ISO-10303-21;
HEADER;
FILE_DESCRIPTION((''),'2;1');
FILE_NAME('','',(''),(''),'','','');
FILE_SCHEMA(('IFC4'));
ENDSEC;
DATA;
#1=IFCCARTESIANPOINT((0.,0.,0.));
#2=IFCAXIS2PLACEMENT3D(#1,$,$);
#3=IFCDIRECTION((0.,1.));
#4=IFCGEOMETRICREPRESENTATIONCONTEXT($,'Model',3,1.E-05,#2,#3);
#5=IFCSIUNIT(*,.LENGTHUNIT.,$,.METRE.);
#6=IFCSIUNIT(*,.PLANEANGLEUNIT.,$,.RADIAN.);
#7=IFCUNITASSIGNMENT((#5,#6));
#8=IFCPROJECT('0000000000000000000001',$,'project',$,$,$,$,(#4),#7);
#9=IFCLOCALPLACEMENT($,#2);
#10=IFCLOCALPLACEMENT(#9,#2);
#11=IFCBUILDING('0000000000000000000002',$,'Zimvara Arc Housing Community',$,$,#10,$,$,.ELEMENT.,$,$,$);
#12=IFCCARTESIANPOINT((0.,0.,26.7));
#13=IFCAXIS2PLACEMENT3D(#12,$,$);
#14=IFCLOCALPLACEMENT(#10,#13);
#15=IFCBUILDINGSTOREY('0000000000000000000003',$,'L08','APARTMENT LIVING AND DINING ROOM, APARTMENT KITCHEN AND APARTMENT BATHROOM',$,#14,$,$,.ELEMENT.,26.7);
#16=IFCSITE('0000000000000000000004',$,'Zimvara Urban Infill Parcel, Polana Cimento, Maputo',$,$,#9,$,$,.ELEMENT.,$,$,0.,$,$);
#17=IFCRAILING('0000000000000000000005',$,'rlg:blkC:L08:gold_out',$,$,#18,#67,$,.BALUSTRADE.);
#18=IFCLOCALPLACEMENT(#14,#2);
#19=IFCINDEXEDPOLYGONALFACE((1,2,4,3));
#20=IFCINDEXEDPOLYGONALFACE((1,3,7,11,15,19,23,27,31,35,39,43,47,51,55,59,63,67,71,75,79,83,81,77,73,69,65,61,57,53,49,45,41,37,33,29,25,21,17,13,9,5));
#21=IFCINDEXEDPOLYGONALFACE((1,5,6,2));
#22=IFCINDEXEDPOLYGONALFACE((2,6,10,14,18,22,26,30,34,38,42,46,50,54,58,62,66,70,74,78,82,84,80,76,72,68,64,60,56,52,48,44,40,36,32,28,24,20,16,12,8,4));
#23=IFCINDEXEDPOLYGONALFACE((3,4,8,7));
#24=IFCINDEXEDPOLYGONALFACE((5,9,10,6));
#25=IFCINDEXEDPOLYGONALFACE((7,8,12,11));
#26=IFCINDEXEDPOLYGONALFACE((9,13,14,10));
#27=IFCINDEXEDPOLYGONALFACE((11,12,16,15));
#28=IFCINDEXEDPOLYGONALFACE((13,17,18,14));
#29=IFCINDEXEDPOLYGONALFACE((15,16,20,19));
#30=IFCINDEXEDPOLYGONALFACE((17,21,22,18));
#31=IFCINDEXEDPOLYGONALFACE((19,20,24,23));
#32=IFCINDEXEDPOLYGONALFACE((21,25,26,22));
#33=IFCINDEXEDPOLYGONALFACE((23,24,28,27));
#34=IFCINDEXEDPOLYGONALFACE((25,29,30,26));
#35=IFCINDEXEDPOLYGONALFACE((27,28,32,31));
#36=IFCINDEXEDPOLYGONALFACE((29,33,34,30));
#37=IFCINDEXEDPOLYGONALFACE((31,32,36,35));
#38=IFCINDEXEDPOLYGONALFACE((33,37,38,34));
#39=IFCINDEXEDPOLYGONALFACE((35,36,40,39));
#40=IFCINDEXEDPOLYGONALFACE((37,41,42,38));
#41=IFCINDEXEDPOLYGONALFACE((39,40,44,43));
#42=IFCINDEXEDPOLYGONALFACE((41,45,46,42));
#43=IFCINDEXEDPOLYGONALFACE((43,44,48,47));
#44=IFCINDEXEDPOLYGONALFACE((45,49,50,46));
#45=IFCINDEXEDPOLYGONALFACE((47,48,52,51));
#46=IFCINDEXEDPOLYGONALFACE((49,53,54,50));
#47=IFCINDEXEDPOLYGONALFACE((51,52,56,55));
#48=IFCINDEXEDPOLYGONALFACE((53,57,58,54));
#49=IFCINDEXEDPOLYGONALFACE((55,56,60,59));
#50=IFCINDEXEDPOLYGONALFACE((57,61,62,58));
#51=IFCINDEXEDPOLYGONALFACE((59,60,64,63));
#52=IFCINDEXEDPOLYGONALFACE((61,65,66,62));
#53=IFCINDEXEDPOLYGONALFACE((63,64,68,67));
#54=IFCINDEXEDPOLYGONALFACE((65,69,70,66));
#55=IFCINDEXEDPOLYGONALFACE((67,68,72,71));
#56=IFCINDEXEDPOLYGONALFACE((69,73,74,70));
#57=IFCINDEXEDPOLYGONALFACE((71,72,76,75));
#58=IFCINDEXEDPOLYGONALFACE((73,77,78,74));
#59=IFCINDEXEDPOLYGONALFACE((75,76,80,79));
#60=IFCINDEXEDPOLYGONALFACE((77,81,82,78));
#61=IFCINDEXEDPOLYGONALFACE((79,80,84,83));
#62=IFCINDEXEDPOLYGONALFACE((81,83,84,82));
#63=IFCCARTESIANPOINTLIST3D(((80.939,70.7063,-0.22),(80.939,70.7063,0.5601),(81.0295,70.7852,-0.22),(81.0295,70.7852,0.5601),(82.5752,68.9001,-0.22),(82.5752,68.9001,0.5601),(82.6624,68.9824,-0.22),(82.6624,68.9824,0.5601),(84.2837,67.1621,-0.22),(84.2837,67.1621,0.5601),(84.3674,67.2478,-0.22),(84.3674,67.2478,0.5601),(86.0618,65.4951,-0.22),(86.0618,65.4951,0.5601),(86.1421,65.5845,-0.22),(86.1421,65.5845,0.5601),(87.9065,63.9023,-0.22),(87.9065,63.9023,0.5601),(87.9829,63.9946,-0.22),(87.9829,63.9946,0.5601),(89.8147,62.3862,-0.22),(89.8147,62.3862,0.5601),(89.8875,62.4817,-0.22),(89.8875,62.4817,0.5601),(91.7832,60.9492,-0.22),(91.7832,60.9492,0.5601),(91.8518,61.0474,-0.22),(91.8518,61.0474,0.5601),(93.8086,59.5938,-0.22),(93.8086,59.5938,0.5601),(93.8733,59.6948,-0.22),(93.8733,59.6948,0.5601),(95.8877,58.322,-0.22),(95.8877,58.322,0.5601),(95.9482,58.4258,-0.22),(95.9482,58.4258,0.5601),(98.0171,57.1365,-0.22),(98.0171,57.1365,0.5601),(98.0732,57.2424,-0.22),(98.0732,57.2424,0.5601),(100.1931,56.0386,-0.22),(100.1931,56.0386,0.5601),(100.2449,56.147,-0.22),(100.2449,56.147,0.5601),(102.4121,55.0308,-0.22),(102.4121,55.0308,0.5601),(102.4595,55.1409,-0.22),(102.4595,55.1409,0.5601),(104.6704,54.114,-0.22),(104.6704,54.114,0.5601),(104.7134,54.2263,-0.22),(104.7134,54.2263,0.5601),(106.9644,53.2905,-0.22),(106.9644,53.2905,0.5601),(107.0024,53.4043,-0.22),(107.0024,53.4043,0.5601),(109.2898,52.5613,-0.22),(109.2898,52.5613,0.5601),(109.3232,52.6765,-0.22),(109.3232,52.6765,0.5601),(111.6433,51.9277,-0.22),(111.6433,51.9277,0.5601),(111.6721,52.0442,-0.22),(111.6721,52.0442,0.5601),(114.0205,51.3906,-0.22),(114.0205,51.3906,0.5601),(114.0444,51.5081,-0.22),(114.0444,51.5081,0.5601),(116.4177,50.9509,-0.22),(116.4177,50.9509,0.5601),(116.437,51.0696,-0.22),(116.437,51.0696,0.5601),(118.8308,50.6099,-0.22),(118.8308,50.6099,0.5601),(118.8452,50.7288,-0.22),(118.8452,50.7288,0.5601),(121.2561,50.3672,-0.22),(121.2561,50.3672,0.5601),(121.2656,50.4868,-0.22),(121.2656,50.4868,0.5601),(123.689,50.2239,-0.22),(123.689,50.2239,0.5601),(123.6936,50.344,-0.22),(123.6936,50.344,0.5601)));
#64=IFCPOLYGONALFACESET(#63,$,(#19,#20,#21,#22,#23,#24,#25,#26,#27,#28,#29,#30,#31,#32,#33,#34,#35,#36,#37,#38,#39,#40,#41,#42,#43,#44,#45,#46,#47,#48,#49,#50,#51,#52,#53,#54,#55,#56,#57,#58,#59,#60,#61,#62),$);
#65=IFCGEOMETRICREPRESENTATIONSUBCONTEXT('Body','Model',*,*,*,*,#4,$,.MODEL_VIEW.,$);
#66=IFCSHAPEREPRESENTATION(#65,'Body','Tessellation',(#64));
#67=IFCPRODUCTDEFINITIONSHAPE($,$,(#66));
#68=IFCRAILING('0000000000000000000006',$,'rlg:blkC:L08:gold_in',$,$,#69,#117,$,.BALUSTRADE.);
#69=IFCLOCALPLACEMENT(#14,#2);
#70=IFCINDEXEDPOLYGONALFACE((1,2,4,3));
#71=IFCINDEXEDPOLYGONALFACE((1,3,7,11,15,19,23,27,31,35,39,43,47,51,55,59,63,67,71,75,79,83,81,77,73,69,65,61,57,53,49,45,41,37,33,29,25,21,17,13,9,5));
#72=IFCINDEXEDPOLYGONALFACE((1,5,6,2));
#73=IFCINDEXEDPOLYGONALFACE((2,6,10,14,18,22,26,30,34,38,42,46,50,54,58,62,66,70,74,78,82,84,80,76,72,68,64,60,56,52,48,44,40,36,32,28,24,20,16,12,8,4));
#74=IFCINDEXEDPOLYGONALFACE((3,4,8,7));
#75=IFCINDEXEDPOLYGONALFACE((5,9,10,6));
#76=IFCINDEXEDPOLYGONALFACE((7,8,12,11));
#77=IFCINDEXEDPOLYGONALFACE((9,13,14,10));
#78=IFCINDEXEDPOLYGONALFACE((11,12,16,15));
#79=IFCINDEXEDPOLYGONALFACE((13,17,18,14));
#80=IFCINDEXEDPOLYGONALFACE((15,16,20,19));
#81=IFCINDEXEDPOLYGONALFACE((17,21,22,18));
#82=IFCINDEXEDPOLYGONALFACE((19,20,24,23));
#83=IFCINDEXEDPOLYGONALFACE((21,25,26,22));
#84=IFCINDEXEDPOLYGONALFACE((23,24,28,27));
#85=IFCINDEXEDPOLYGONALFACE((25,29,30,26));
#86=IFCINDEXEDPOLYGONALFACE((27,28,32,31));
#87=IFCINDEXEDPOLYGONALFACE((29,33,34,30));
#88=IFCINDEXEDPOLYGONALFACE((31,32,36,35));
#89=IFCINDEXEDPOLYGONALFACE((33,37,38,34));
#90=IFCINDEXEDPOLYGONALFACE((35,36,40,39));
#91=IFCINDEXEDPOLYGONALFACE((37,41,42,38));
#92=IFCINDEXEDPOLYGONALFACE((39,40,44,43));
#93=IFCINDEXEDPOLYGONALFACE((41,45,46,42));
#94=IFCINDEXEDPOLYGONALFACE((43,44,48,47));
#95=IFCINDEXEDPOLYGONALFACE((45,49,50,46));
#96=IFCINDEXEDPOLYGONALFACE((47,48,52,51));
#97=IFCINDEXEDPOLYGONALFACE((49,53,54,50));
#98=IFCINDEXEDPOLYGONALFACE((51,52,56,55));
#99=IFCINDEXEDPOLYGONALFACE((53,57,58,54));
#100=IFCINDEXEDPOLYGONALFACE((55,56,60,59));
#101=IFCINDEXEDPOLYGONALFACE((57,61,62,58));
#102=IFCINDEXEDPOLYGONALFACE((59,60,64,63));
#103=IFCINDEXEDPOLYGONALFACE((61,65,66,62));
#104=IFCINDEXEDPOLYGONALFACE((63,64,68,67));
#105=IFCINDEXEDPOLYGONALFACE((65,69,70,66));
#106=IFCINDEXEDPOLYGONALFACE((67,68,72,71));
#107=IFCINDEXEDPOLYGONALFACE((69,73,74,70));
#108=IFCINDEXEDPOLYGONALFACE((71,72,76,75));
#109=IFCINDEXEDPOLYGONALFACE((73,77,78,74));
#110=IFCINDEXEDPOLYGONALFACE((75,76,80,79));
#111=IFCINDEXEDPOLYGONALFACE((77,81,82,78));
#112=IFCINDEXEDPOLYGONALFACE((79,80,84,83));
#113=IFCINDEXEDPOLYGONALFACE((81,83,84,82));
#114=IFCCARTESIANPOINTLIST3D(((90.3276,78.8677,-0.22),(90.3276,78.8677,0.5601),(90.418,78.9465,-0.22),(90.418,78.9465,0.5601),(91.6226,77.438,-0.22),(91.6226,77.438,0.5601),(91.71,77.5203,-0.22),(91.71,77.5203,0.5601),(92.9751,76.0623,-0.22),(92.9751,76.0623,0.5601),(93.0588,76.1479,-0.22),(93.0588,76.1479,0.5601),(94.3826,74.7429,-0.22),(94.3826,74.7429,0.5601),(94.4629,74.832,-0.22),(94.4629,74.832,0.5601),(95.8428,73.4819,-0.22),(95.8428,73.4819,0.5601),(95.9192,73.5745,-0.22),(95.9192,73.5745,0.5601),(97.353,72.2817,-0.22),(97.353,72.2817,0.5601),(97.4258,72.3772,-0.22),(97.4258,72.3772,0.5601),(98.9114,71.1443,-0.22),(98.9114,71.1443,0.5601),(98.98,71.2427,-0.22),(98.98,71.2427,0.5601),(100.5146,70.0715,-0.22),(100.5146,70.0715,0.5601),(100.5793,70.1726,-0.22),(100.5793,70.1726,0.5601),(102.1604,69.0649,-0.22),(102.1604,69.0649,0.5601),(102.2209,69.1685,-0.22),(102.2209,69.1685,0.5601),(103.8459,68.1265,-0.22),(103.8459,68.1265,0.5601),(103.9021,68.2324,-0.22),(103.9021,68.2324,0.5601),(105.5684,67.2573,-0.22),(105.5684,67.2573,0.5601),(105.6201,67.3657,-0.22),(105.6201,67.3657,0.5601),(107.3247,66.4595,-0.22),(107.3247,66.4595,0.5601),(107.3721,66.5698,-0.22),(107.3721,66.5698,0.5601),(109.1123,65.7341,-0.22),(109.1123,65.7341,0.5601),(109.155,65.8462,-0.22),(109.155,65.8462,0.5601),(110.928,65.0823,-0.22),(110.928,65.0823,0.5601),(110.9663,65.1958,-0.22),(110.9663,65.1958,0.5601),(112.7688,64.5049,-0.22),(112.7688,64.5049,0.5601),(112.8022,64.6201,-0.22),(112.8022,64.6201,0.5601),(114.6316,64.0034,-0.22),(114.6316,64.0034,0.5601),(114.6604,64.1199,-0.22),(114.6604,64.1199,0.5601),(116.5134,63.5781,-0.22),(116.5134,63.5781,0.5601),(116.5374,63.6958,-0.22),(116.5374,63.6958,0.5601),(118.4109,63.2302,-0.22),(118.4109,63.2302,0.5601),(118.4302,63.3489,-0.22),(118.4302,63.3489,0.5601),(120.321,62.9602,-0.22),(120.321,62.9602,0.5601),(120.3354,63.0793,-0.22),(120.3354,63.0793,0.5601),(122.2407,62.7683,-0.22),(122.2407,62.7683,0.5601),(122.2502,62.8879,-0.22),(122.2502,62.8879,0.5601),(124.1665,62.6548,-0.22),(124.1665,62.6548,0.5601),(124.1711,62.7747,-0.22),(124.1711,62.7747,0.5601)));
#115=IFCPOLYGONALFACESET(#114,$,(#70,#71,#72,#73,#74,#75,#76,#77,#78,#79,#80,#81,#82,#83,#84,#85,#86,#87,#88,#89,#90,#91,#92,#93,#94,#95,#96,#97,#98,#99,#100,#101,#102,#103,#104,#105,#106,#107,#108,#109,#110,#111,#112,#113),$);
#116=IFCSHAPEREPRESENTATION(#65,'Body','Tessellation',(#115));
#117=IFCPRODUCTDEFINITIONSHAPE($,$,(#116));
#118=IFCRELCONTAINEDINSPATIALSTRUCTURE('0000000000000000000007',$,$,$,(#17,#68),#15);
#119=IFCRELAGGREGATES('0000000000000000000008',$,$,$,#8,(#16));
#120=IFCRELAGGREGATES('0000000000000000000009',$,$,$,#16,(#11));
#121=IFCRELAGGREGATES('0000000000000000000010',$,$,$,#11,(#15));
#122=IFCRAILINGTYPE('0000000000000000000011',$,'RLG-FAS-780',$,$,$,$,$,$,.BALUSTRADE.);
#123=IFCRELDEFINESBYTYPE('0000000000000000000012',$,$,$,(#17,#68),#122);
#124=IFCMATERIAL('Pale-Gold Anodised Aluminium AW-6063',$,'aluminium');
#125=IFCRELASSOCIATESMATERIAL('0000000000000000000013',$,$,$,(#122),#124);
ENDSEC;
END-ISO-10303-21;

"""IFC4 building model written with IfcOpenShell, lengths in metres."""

from ifc_helpers import new_model, si_unit, direction, frame, origin, place, context, subcontext, project, spatial, polyline, outline, extrude, material, type_object, element, save


model = new_model("IFC4")

# Units and contexts
model_context = context("Model", 3, precision=1e-05, world=origin(), true_north=direction((0.0, 1.0)))
body_context = subcontext(model_context, "Body", "Model", "MODEL_VIEW")
ifc_project = project(units=[si_unit("LENGTHUNIT", "METRE"), si_unit("PLANEANGLEUNIT", "RADIAN")], contexts=[model_context])

# Site, building, storey
site_placement = place(None, origin())
site = spatial("IfcSite", under=ifc_project, at=site_placement, Name="Zimvara Urban Infill Parcel, Polana Cimento, Maputo", CompositionType="ELEMENT", RefElevation=0.0)
building_placement = place(site_placement, origin())
building = spatial("IfcBuilding", under=site, at=building_placement, Name="Zimvara Arc Housing Community", CompositionType="ELEMENT")
storey_placement = place(building_placement, frame((0.0, 0.0, 26.7)))
storey = spatial("IfcBuildingStorey", under=building, at=storey_placement, Name="L08", Description="APARTMENT LIVING AND DINING ROOM, APARTMENT KITCHEN AND APARTMENT BATHROOM", CompositionType="ELEMENT", Elevation=26.7)

# Railings
ifc_material_1 = material(Name="Pale-Gold Anodised Aluminium AW-6063", Category="aluminium")
railing_type = type_object("IfcRailingType", Name="RLG-FAS-780", PredefinedType="BALUSTRADE", material=ifc_material_1)
railing_1_placement = place(storey_placement, frame((0.0, 0.0, -0.22)))
element("IfcRailing", 1, at=railing_1_placement, inside=storey, type_object=railing_type, Name="rlg:blkC:L08:gold_out", PredefinedType="BALUSTRADE", context=body_context, shape_type="SweptSolid", body=[
    extrude(outline(polyline([(80.939, 70.7063), (82.5752, 68.9001), (84.2837, 67.1621), (86.0618, 65.4951), (87.9065, 63.9023), (89.8147, 62.3862), (91.7832, 60.9492), (93.8086, 59.5938), (95.8877, 58.322), (98.0171, 57.1365), (100.1931, 56.0386), (102.4121, 55.0308), (104.6704, 54.114), (106.9644, 53.2905), (109.2898, 52.5613), (111.6433, 51.9277), (114.0205, 51.3906), (116.4177, 50.9509), (118.8308, 50.6099), (121.2561, 50.3672), (123.689, 50.2239), (123.6936, 50.344), (121.2656, 50.4868), (118.8452, 50.7288), (116.437, 51.0696), (114.0444, 51.5081), (111.6721, 52.0442), (109.3232, 52.6765), (107.0024, 53.4043), (104.7134, 54.2263), (102.4595, 55.1409), (100.2449, 56.147), (98.0732, 57.2424), (95.9482, 58.4258), (93.8733, 59.6948), (91.8518, 61.0474), (89.8875, 62.4817), (87.9829, 63.9946), (86.1421, 65.5845), (84.3674, 67.2478), (82.6624, 68.9824), (81.0295, 70.7852), (80.939, 70.7063)])), origin(), (0.0, 0.0, 1.0), 0.78),
])
railing_2_placement = place(storey_placement, frame((0.0, 0.0, -0.22)))
element("IfcRailing", 2, at=railing_2_placement, inside=storey, type_object=railing_type, Name="rlg:blkC:L08:gold_in", PredefinedType="BALUSTRADE", context=body_context, shape_type="SweptSolid", body=[
    extrude(outline(polyline([(90.3276, 78.8677), (91.6226, 77.438), (92.9751, 76.0623), (94.3826, 74.7429), (95.8428, 73.4819), (97.353, 72.2817), (98.9114, 71.1443), (100.5146, 70.0715), (102.1604, 69.0649), (103.8459, 68.1265), (105.5684, 67.2573), (107.3247, 66.4595), (109.1123, 65.7341), (110.928, 65.0823), (112.7688, 64.5049), (114.6316, 64.0034), (116.5134, 63.5781), (118.4109, 63.2302), (120.321, 62.9602), (122.2407, 62.7683), (124.1665, 62.6548), (124.1711, 62.7747), (122.2502, 62.8879), (120.3354, 63.0793), (118.4302, 63.3489), (116.5374, 63.6958), (114.6604, 64.1199), (112.8022, 64.6201), (110.9663, 65.1958), (109.155, 65.8462), (107.3721, 66.5698), (105.6201, 67.3657), (103.9021, 68.2324), (102.2209, 69.1685), (100.5793, 70.1726), (98.98, 71.2427), (97.4258, 72.3772), (95.9192, 73.5745), (94.4629, 74.832), (93.0588, 76.1479), (91.71, 77.5203), (90.418, 78.9465), (90.3276, 78.8677)])), origin(), (0.0, 0.0, 1.0), 0.78),
])

save(model, "model.ifc")
